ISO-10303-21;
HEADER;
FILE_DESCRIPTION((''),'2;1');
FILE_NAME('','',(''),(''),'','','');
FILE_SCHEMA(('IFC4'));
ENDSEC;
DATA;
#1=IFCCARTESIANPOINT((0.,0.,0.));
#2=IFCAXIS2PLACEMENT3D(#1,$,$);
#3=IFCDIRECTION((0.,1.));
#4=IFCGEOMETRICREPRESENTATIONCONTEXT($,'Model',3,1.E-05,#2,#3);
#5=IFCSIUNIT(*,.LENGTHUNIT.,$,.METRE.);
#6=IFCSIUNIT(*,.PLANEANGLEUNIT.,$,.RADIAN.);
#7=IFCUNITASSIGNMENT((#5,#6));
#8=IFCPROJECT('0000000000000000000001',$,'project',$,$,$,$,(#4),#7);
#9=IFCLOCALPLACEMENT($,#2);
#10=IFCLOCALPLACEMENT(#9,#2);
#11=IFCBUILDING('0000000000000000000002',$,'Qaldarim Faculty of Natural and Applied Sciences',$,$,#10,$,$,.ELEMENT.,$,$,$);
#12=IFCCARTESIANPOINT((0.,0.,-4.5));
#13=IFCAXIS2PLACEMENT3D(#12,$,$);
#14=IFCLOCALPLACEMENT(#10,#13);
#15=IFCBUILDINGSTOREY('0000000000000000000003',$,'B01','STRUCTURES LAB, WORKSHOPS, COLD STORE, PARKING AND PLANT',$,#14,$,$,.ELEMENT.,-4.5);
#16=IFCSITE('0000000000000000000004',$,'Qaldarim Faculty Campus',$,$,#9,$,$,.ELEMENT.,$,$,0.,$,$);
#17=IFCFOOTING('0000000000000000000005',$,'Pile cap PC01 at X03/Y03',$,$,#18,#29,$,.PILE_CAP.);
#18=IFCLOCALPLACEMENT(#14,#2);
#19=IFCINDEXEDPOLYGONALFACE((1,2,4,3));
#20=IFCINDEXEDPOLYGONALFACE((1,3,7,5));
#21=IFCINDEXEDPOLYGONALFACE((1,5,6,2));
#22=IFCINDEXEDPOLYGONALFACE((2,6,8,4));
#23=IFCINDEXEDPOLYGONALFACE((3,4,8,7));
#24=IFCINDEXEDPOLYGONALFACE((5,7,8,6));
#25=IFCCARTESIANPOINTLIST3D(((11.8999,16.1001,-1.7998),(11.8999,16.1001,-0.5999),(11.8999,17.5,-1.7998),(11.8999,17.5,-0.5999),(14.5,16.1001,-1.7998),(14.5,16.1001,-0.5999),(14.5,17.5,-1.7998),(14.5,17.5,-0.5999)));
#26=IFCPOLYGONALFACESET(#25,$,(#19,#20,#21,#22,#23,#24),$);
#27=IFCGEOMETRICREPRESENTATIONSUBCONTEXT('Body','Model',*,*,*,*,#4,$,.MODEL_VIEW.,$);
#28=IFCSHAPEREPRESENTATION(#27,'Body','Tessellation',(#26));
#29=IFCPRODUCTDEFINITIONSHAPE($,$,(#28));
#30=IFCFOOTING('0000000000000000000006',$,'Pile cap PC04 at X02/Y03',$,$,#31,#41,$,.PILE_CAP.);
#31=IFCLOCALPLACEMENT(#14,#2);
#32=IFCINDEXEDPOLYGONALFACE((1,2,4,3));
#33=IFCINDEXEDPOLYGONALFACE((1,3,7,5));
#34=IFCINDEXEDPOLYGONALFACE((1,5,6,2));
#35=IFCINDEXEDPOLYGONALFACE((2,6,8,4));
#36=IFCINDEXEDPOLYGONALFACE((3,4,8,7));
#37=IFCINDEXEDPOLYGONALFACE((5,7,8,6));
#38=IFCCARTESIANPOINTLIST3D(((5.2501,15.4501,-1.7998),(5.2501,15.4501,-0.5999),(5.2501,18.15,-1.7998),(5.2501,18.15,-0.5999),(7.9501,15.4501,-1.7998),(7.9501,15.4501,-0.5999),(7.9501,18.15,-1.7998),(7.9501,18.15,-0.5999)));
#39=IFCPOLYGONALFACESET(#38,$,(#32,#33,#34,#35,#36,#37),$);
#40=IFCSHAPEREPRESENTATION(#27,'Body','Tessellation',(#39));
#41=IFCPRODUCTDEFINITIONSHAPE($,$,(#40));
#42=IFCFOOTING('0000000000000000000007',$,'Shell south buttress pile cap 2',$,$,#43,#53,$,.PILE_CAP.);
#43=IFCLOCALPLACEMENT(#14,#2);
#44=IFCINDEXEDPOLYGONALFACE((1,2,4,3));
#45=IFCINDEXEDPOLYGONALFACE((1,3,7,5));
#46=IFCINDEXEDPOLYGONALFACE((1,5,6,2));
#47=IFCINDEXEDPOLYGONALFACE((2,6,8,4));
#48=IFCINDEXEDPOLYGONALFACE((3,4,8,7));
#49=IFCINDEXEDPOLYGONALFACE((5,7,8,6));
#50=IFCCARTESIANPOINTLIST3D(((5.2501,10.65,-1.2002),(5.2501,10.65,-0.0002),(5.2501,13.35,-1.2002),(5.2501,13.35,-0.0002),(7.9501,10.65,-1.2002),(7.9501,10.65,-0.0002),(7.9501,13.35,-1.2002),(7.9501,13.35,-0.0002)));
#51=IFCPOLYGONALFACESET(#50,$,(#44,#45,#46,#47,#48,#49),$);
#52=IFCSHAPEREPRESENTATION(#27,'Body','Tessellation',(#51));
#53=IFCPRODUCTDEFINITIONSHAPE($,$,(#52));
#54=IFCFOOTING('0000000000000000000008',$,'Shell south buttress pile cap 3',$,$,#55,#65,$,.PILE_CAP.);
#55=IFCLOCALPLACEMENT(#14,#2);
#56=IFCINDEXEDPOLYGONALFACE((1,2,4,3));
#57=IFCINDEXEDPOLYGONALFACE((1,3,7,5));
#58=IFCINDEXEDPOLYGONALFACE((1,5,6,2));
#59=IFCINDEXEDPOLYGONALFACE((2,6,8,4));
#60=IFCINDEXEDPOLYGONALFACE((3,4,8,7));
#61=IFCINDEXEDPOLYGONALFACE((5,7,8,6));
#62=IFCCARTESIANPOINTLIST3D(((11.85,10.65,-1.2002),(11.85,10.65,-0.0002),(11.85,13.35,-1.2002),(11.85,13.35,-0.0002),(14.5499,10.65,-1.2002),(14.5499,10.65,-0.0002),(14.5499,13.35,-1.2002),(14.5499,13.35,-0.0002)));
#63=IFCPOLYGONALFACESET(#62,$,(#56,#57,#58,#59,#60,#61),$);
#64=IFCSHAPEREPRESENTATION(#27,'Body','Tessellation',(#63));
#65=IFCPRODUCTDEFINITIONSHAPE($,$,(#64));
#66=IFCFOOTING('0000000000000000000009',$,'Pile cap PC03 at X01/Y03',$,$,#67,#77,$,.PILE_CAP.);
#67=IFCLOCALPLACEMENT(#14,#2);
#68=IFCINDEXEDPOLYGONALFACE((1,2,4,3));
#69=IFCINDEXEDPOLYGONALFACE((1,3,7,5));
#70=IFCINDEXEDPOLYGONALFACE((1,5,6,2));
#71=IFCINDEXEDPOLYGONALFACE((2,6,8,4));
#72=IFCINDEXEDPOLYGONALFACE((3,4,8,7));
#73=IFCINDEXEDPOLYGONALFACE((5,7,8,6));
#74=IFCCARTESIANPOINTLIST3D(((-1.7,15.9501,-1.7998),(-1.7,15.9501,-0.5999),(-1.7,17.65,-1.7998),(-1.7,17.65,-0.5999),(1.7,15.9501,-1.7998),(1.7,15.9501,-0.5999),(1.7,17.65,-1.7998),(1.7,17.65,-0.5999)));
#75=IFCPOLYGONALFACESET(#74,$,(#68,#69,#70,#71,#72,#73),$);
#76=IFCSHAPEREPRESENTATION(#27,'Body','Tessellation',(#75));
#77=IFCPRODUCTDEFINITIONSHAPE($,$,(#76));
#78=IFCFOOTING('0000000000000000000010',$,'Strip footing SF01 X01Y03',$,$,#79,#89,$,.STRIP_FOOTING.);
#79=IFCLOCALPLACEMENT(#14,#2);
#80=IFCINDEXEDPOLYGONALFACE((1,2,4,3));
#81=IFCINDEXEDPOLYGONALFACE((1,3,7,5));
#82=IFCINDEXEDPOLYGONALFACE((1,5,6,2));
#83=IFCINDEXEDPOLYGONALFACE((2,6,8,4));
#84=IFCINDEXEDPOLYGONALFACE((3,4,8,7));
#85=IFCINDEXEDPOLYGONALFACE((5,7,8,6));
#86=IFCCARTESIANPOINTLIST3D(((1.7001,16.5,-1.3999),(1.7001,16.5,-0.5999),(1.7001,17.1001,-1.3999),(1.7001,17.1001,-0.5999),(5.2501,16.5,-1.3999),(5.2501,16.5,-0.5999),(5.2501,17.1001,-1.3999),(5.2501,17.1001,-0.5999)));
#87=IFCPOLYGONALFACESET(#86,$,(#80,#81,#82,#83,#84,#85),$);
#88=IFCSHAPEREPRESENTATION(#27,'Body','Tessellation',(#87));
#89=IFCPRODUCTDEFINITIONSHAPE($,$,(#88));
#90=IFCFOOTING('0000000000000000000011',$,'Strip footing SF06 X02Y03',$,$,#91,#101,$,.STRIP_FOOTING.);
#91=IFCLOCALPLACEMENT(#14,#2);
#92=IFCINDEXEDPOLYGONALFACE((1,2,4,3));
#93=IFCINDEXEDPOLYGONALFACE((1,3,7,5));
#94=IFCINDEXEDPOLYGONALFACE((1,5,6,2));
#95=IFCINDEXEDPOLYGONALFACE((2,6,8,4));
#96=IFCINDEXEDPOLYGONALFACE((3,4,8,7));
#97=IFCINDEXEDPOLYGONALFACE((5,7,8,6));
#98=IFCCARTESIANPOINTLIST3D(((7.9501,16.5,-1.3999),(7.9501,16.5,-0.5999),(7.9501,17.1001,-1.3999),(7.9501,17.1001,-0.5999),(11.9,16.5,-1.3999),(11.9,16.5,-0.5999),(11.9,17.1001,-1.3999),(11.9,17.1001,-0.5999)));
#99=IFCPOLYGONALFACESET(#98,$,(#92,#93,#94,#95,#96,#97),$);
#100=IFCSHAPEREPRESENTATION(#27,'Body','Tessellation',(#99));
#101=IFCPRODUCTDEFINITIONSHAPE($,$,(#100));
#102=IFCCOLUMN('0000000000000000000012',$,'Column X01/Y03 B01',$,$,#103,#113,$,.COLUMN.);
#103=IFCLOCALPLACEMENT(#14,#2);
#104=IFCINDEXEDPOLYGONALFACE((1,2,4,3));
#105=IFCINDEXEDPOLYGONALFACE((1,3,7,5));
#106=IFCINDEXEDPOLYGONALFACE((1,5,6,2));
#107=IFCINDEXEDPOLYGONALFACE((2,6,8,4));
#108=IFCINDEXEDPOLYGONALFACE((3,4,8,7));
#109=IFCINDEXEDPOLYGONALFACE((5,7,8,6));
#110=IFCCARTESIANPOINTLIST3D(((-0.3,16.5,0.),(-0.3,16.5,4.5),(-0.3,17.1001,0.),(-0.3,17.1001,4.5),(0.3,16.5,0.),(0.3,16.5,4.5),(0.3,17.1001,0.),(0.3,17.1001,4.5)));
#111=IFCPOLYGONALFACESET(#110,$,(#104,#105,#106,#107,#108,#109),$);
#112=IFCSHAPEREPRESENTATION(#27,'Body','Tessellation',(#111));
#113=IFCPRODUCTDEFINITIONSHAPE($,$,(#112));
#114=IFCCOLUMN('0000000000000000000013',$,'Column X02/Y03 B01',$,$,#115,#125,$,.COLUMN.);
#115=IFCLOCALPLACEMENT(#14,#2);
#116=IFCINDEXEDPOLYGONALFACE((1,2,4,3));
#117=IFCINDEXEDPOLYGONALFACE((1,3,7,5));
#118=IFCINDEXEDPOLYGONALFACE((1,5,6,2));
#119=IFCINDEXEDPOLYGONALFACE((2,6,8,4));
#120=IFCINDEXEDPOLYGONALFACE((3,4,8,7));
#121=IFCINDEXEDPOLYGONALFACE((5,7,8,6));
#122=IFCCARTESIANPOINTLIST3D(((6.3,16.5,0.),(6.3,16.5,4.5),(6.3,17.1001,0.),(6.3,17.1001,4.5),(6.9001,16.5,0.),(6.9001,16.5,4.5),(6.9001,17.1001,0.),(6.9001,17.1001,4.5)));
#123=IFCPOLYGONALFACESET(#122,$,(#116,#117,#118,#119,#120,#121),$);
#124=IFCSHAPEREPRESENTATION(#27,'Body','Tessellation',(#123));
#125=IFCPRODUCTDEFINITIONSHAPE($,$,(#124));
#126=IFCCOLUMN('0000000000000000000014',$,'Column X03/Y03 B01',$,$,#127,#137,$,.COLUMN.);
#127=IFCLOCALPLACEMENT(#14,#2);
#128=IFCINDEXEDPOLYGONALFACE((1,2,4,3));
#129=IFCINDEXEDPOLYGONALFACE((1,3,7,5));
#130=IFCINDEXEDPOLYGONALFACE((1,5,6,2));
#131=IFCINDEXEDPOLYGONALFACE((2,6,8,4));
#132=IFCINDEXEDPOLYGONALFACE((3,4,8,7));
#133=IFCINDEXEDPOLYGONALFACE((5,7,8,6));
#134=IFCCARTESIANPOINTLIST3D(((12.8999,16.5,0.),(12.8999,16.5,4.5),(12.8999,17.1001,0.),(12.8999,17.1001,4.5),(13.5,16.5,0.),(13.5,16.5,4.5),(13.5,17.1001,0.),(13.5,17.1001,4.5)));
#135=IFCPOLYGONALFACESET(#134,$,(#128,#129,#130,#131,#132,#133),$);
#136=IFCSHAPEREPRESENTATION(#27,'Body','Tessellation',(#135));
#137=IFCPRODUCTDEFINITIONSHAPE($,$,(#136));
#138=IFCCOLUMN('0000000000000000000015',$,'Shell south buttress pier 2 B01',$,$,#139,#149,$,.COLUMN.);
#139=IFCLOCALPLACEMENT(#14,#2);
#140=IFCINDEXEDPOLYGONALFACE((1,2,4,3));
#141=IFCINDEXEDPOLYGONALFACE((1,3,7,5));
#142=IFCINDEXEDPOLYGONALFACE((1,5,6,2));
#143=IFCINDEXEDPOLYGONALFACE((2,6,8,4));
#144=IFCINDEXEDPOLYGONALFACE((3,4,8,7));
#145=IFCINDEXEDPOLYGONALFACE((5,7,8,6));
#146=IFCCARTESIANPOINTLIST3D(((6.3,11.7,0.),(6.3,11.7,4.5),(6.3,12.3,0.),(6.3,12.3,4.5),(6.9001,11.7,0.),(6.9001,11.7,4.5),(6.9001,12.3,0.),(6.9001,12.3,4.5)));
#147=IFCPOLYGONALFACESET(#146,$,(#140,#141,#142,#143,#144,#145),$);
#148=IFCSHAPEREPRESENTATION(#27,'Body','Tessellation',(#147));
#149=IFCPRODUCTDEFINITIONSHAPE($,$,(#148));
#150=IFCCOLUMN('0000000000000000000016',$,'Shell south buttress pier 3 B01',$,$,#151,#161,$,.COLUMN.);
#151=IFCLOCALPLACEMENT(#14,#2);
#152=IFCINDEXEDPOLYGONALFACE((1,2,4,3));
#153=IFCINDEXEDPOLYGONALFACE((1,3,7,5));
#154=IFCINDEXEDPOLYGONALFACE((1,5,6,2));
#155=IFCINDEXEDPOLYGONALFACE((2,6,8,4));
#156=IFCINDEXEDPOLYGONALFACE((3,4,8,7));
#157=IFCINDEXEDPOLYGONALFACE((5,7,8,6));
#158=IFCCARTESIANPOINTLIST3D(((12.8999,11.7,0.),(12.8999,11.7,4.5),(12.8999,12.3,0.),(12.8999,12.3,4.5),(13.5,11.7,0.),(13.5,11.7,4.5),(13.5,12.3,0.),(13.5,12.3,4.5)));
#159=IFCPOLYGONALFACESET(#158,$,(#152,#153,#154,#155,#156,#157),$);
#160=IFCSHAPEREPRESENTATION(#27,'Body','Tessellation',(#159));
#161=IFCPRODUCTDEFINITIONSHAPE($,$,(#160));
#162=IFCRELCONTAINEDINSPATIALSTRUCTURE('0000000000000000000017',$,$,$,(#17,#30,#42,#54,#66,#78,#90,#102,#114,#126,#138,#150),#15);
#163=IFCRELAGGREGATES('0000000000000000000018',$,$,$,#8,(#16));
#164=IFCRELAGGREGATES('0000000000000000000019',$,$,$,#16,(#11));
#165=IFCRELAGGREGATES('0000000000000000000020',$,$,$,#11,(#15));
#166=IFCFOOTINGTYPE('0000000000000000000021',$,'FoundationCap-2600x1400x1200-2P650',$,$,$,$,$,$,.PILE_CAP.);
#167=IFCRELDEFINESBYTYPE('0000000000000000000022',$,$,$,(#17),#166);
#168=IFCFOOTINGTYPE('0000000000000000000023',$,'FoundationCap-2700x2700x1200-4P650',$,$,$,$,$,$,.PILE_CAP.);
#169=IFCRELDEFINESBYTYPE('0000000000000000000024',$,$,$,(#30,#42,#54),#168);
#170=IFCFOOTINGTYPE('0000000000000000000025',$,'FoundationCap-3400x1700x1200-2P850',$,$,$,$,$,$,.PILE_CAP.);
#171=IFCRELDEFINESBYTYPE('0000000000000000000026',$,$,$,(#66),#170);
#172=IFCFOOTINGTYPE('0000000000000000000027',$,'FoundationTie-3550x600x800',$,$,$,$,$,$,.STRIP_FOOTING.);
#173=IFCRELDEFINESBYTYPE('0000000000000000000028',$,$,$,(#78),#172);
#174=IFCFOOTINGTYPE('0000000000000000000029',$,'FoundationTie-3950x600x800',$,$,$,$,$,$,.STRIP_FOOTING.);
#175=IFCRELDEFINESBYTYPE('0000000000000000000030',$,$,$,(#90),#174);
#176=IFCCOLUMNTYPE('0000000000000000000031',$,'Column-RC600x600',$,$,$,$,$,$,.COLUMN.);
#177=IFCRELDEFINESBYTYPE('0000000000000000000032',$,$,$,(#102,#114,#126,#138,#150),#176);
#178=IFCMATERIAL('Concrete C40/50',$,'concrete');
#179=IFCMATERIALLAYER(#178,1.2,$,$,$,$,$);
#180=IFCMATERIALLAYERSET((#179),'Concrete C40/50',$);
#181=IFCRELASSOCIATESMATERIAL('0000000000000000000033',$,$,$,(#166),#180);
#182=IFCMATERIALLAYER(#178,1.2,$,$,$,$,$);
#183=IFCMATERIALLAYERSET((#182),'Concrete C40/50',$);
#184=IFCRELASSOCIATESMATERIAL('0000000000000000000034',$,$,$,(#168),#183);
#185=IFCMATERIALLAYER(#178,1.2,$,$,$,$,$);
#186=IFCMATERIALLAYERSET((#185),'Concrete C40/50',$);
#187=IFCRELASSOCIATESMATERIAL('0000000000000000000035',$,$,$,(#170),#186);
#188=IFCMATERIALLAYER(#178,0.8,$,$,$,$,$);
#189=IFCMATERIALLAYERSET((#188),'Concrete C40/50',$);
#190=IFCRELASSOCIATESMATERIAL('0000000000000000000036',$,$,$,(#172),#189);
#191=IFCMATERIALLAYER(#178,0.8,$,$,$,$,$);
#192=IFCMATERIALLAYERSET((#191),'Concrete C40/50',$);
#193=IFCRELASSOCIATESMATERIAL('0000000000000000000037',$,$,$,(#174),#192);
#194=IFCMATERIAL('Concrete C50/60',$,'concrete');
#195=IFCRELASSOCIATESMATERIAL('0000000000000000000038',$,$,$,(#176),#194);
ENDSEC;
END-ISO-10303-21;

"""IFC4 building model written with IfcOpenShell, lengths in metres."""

from ifc_helpers import new_model, si_unit, direction, frame, origin, origin_2d, place, context, subcontext, project, spatial, rectangle, extrude, material, layer, layer_set, material_profile, profile_set, type_object, element, save


model = new_model("IFC4")

# Units and contexts
model_context = context("Model", 3, precision=1e-05, world=origin(), true_north=direction((0.0, 1.0)))
body_context = subcontext(model_context, "Body", "Model", "MODEL_VIEW")
ifc_project = project(units=[si_unit("LENGTHUNIT", "METRE"), si_unit("PLANEANGLEUNIT", "RADIAN")], contexts=[model_context])

# Site, building, storey
site_placement = place(None, origin())
site = spatial("IfcSite", under=ifc_project, at=site_placement, Name="Qaldarim Faculty Campus", CompositionType="ELEMENT", RefElevation=0.0)
building_placement = place(site_placement, origin())
building = spatial("IfcBuilding", under=site, at=building_placement, Name="Qaldarim Faculty of Natural and Applied Sciences", CompositionType="ELEMENT")
storey_placement = place(building_placement, frame((0.0, 0.0, -4.5)))
storey = spatial("IfcBuildingStorey", under=building, at=storey_placement, Name="B01", Description="STRUCTURES LAB, WORKSHOPS, COLD STORE, PARKING AND PLANT", CompositionType="ELEMENT", Elevation=-4.5)

# Shared definitions
ifc_material_1 = material(Name="Concrete C40/50", Category="concrete")

# Footings
ifc_layer_1 = layer(ifc_material_1, 1.2)
ifc_layer_set_1 = layer_set([ifc_layer_1], Name="Concrete C40/50")
footing_type_1 = type_object("IfcFootingType", Name="FoundationCap-2600x1400x1200-2P650", PredefinedType="PILE_CAP", material=ifc_layer_set_1)
footing_1_placement = place(storey_placement, frame((13.2, 16.8, -1.7998), z_axis=(0.0, 0.0, 1.0), x_axis=(1.0, 0.0, 0.0)))
element("IfcFooting", 1, at=footing_1_placement, inside=storey, type_object=footing_type_1, Name="Pile cap PC01 at X03/Y03", PredefinedType="PILE_CAP", context=body_context, shape_type="SweptSolid", body=[
    extrude(rectangle(XDim=2.6001, YDim=1.3999, at=origin_2d()), origin(), (0.0, 0.0, 1.0), 1.2),
])
ifc_layer_2 = layer(ifc_material_1, 1.2)
ifc_layer_set_2 = layer_set([ifc_layer_2], Name="Concrete C40/50")
footing_type_2 = type_object("IfcFootingType", Name="FoundationCap-2700x2700x1200-4P650", PredefinedType="PILE_CAP", material=ifc_layer_set_2)
for number, where, z_axis, x_axis, name in (
    (2, (6.6001, 16.8, -1.7998), (0.0, 0.0, 1.0), (1.0, 0.0, 0.0), "Pile cap PC04 at X02/Y03"),
    (3, (6.6001, 12.0, -1.2002), (0.0, 0.0, 1.0), (1.0, 0.0, 0.0), "Shell south buttress pile cap 2"),
    (4, (13.2, 12.0, -1.2002), (0.0, 0.0, 1.0), (1.0, 0.0, 0.0), "Shell south buttress pile cap 3"),
):
    element("IfcFooting", number, at=place(storey_placement, frame(where, z_axis=z_axis, x_axis=x_axis)), inside=storey, type_object=footing_type_2, Name=name, PredefinedType="PILE_CAP", context=body_context, shape_type="SweptSolid", body=[
        extrude(rectangle(XDim=2.7, YDim=2.7, at=origin_2d()), origin(), (0.0, 0.0, 1.0), 1.2),
    ])
ifc_layer_3 = layer(ifc_material_1, 1.2)
ifc_layer_set_3 = layer_set([ifc_layer_3], Name="Concrete C40/50")
footing_type_3 = type_object("IfcFootingType", Name="FoundationCap-3400x1700x1200-2P850", PredefinedType="PILE_CAP", material=ifc_layer_set_3)
footing_2_placement = place(storey_placement, frame((0.0, 16.8, -1.7998), z_axis=(0.0, 0.0, 1.0), x_axis=(1.0, 0.0, 0.0)))
element("IfcFooting", 5, at=footing_2_placement, inside=storey, type_object=footing_type_3, Name="Pile cap PC03 at X01/Y03", PredefinedType="PILE_CAP", context=body_context, shape_type="SweptSolid", body=[
    extrude(rectangle(XDim=3.3999, YDim=1.7, at=origin_2d()), origin(), (0.0, 0.0, 1.0), 1.2),
])
ifc_layer_4 = layer(ifc_material_1, 0.8)
ifc_layer_set_4 = layer_set([ifc_layer_4], Name="Concrete C40/50")
footing_type_4 = type_object("IfcFootingType", Name="FoundationTie-3550x600x800", PredefinedType="STRIP_FOOTING", material=ifc_layer_set_4)
footing_3_placement = place(storey_placement, frame((3.4751, 16.8, -1.3999), z_axis=(0.0, 0.0, 1.0), x_axis=(1.0, 0.0, 0.0)))
element("IfcFooting", 6, at=footing_3_placement, inside=storey, type_object=footing_type_4, Name="Strip footing SF01 X01Y03", PredefinedType="STRIP_FOOTING", context=body_context, shape_type="SweptSolid", body=[
    extrude(rectangle(XDim=3.55, YDim=0.6001, at=origin_2d()), origin(), (0.0, 0.0, 1.0), 0.8),
])
ifc_layer_5 = layer(ifc_material_1, 0.8)
ifc_layer_set_5 = layer_set([ifc_layer_5], Name="Concrete C40/50")
footing_type_5 = type_object("IfcFootingType", Name="FoundationTie-3950x600x800", PredefinedType="STRIP_FOOTING", material=ifc_layer_set_5)
footing_4_placement = place(storey_placement, frame((9.925, 16.8, -1.3999), z_axis=(0.0, 0.0, 1.0), x_axis=(1.0, 0.0, 0.0)))
element("IfcFooting", 7, at=footing_4_placement, inside=storey, type_object=footing_type_5, Name="Strip footing SF06 X02Y03", PredefinedType="STRIP_FOOTING", context=body_context, shape_type="SweptSolid", body=[
    extrude(rectangle(XDim=3.95, YDim=0.6001, at=origin_2d()), origin(), (0.0, 0.0, 1.0), 0.8),
])

# Columns
ifc_material_2 = material(Name="Concrete C50/60", Category="concrete")
ifc_material_profile_1 = material_profile(ifc_material_2, rectangle(XDim=0.6001, YDim=0.6001, at=origin_2d()), Name="RC-C600x600")
ifc_profile_set_1 = profile_set([ifc_material_profile_1], Name="Concrete C50/60")
column_type = type_object("IfcColumnType", Name="Column-RC600x600", PredefinedType="COLUMN", material=ifc_profile_set_1)
for number, where, z_axis, x_axis, name in (
    (8, (0.0, 16.8, 0.0), (0.0, 0.0, 1.0), (1.0, 0.0, 0.0), "Column X01/Y03 B01"),
    (9, (6.6001, 16.8, 0.0), (0.0, 0.0, 1.0), (1.0, 0.0, 0.0), "Column X02/Y03 B01"),
    (10, (13.2, 16.8, 0.0), (0.0, 0.0, 1.0), (1.0, 0.0, 0.0), "Column X03/Y03 B01"),
    (11, (6.6001, 12.0, 0.0), (0.0, 0.0, 1.0), (1.0, 0.0, 0.0), "Shell south buttress pier 2 B01"),
    (12, (13.2, 12.0, 0.0), (0.0, 0.0, 1.0), (1.0, 0.0, 0.0), "Shell south buttress pier 3 B01"),
):
    element("IfcColumn", number, at=place(storey_placement, frame(where, z_axis=z_axis, x_axis=x_axis)), inside=storey, type_object=column_type, Name=name, PredefinedType="COLUMN", context=body_context, shape_type="SweptSolid", body=[
        extrude(rectangle(XDim=0.6001, YDim=0.6001, at=origin_2d()), origin(), (0.0, 0.0, 1.0), 4.5),
    ])

save(model, "model.ifc")
